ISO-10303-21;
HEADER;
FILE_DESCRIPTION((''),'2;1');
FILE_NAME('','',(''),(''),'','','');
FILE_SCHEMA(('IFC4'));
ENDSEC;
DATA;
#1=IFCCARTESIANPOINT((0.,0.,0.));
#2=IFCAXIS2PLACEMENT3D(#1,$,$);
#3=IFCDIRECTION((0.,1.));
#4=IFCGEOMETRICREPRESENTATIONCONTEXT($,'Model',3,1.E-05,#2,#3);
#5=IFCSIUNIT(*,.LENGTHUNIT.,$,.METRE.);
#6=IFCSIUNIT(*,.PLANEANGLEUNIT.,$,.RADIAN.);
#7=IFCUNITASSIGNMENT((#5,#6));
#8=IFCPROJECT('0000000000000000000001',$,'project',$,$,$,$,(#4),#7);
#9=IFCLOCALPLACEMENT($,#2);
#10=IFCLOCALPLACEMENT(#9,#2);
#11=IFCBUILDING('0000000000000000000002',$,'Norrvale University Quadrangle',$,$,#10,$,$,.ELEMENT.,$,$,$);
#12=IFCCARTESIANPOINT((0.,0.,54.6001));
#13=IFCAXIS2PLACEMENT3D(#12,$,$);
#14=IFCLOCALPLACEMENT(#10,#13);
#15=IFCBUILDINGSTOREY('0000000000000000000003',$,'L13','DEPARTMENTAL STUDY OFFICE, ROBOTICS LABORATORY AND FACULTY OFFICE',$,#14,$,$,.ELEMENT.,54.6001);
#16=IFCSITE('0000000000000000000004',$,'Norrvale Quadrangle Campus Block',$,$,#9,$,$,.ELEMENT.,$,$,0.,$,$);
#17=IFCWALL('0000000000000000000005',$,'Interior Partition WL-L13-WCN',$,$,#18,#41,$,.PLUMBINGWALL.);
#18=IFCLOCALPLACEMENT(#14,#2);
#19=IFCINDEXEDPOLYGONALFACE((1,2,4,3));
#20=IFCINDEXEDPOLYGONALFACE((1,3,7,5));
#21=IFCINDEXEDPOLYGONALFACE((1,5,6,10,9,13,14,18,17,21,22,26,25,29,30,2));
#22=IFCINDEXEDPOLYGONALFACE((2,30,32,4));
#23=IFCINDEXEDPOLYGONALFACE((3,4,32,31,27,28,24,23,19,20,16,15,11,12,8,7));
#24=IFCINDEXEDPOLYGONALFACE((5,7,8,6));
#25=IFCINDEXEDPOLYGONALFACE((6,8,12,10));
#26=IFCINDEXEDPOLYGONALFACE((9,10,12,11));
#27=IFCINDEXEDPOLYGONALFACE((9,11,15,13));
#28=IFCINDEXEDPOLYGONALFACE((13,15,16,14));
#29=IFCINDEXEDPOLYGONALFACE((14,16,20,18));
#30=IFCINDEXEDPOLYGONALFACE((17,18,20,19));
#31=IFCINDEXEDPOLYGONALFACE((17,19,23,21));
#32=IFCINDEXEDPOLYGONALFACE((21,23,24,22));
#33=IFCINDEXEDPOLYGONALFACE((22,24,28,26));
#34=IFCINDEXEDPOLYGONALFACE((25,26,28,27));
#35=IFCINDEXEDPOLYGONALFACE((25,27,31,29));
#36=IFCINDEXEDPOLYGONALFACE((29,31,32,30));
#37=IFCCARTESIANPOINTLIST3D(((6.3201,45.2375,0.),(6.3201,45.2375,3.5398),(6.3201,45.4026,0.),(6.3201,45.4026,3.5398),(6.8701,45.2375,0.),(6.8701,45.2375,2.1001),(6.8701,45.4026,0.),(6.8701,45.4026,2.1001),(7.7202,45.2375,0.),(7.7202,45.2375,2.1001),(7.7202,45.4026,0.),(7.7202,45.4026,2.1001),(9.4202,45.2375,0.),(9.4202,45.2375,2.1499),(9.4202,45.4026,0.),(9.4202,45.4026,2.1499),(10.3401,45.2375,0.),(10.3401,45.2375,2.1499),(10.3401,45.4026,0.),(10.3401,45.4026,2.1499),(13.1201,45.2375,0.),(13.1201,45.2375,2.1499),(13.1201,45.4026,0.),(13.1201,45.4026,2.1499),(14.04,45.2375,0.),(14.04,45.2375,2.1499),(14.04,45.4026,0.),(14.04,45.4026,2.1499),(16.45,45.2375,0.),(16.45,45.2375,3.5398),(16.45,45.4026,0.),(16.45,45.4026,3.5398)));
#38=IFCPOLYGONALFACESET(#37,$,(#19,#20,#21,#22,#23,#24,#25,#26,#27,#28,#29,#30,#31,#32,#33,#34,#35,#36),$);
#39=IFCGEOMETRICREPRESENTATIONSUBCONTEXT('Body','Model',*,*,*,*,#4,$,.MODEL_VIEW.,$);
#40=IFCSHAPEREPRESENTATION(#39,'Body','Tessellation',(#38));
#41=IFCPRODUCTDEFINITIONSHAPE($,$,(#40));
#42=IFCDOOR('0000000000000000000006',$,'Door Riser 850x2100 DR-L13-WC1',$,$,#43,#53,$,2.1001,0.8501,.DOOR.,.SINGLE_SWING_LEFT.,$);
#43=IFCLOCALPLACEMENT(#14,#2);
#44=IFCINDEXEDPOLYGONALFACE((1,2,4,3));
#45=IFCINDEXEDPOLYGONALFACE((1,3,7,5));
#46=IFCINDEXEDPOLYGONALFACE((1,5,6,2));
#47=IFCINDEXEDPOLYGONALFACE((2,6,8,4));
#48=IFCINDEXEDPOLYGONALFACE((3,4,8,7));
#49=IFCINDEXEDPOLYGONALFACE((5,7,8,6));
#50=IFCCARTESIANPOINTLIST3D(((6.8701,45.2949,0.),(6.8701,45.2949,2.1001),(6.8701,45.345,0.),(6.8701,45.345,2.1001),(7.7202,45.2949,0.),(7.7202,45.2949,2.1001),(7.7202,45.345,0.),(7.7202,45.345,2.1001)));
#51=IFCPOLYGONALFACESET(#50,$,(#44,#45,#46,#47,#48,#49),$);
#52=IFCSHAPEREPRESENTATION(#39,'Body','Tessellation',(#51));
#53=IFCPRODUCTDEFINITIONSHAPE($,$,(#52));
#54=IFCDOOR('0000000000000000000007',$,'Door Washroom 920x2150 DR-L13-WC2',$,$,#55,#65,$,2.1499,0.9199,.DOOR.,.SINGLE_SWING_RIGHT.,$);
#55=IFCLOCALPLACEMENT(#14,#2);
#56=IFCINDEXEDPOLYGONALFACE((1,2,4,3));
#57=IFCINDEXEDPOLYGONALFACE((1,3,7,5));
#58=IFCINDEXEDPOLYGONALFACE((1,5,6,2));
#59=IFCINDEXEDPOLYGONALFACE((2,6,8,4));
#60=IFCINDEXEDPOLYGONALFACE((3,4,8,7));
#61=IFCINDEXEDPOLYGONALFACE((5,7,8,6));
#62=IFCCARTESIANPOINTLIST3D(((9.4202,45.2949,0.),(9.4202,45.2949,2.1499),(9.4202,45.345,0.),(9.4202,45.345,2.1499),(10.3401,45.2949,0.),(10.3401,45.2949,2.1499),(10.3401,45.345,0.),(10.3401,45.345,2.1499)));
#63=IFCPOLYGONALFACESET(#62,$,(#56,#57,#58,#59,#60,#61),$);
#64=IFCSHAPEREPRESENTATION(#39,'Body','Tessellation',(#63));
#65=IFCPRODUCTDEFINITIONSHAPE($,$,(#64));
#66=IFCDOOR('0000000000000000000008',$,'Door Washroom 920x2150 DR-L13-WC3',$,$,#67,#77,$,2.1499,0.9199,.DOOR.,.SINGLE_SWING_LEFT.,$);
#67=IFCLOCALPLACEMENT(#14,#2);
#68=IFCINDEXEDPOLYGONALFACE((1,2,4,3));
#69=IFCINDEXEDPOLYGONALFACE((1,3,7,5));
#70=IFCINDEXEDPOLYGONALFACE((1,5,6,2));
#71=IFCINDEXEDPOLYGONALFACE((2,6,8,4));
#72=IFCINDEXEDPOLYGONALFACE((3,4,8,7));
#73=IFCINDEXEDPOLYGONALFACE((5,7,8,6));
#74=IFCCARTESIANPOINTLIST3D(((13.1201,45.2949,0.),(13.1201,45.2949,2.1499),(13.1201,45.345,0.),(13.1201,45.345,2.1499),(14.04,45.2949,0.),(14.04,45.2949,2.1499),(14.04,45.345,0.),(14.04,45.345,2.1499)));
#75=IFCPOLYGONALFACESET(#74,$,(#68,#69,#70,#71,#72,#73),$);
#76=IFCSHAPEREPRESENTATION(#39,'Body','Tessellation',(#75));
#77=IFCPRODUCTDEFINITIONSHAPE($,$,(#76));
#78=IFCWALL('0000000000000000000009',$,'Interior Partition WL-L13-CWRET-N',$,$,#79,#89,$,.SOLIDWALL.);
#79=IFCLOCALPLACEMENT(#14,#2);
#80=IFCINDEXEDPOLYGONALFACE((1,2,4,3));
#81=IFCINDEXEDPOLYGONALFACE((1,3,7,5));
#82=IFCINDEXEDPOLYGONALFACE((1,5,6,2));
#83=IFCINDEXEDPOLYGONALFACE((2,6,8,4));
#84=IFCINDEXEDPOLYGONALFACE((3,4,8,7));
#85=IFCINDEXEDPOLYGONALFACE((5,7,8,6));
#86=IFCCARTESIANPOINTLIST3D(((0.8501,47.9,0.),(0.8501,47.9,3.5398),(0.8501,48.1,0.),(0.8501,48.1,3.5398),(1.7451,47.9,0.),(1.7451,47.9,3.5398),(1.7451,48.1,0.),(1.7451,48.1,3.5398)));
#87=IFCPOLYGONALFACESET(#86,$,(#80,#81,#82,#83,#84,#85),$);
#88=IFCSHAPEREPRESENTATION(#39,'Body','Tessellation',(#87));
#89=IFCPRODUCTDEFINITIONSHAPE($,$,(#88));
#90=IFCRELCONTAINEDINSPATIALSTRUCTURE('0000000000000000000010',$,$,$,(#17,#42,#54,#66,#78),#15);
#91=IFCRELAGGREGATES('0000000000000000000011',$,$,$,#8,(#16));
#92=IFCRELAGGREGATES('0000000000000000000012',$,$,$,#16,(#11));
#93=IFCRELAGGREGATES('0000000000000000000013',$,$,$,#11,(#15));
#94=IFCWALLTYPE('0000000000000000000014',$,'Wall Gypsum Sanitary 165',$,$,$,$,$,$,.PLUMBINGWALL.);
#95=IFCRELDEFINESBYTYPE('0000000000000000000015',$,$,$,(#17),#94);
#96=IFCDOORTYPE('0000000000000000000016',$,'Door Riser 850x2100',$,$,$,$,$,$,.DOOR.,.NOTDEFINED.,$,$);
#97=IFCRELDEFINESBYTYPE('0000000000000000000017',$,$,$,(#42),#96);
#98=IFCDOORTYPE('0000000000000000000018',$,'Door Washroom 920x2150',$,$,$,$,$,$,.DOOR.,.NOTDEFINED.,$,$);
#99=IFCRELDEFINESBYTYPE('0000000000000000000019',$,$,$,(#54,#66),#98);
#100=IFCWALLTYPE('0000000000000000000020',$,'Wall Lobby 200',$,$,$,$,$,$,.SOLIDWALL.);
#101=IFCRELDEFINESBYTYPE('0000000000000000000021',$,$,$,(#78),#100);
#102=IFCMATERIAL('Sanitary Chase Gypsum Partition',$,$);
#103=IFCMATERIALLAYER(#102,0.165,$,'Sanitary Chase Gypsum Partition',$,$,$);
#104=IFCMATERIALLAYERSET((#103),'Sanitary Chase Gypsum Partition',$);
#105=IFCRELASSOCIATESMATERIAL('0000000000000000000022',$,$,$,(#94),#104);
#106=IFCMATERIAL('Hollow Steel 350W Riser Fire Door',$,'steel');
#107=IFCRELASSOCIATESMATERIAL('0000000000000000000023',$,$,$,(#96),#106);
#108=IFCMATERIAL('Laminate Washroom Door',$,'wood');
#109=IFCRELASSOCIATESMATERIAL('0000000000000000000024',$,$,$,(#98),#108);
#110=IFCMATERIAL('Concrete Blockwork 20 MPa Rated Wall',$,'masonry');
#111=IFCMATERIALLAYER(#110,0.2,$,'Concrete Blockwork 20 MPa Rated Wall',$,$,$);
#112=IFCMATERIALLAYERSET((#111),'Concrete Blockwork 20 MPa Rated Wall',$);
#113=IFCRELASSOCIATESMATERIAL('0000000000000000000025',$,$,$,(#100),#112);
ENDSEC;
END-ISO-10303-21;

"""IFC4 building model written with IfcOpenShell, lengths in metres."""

from ifc_helpers import new_model, si_unit, direction, frame, frame_2d, origin, place, context, subcontext, project, spatial, rectangle, extrude, material, layer, layer_set, type_object, element, fill, save


model = new_model("IFC4")

# Units and contexts
model_context = context("Model", 3, precision=1e-05, world=origin(), true_north=direction((0.0, 1.0)))
body_context = subcontext(model_context, "Body", "Model", "MODEL_VIEW")
ifc_project = project(units=[si_unit("LENGTHUNIT", "METRE"), si_unit("PLANEANGLEUNIT", "RADIAN")], contexts=[model_context])

# Site, building, storey
site_placement = place(None, origin())
site = spatial("IfcSite", under=ifc_project, at=site_placement, Name="Norrvale Quadrangle Campus Block", CompositionType="ELEMENT", RefElevation=0.0)
building_placement = place(site_placement, origin())
building = spatial("IfcBuilding", under=site, at=building_placement, Name="Norrvale University Quadrangle", CompositionType="ELEMENT")
storey_placement = place(building_placement, frame((0.0, 0.0, 54.6001)))
storey = spatial("IfcBuildingStorey", under=building, at=storey_placement, Name="L13", Description="DEPARTMENTAL STUDY OFFICE, ROBOTICS LABORATORY AND FACULTY OFFICE", CompositionType="ELEMENT", Elevation=54.6001)

# Wall, openings, doors
ifc_material_1 = material(Name="Sanitary Chase Gypsum Partition")
ifc_layer_1 = layer(ifc_material_1, 0.165, Name="Sanitary Chase Gypsum Partition")
ifc_layer_set_1 = layer_set([ifc_layer_1], Name="Sanitary Chase Gypsum Partition")
wall_type_1 = type_object("IfcWallType", Name="Wall Gypsum Sanitary 165", PredefinedType="PLUMBINGWALL", material=ifc_layer_set_1)
wall_1_placement = place(storey_placement, frame((6.3201, 45.3201, 0.0), z_axis=(0.0, 0.0, 1.0), x_axis=(1.0, 0.0, 0.0)))
wall_1 = element("IfcWall", 1, at=wall_1_placement, inside=storey, type_object=wall_type_1, Name="Interior Partition WL-L13-WCN", PredefinedType="PLUMBINGWALL", context=body_context, shape_type="SweptSolid", body=[
    extrude(rectangle(XDim=10.1299, YDim=0.165, at=frame_2d((5.0649, 0.0))), origin(), (0.0, 0.0, 1.0), 3.5398),
])
opening_1_placement = place(wall_1_placement, frame((0.55, 0.0, 0.0)))
opening_1 = element("IfcOpeningElement", 2, at=opening_1_placement, cuts=wall_1, PredefinedType="OPENING", context=body_context, shape_type="SweptSolid", body=[
    extrude(rectangle(XDim=0.8501, YDim=2.1001, at=frame_2d((0.425, 1.05))), frame((0.0, 0.0945, 0.0), z_axis=(0.0, -1.0, 0.0), x_axis=(1.0, 0.0, 0.0)), (0.0, 0.0, 1.0), 0.189),
])
opening_2_placement = place(wall_1_placement, frame((3.1001, 0.0, 0.0)))
opening_2 = element("IfcOpeningElement", 3, at=opening_2_placement, cuts=wall_1, PredefinedType="OPENING", context=body_context, shape_type="SweptSolid", body=[
    extrude(rectangle(XDim=0.9199, YDim=2.1499, at=frame_2d((0.46, 1.075))), frame((0.0, 0.0945, 0.0), z_axis=(0.0, -1.0, 0.0), x_axis=(1.0, 0.0, 0.0)), (0.0, 0.0, 1.0), 0.189),
])
opening_3_placement = place(wall_1_placement, frame((6.8, 0.0, 0.0)))
opening_3 = element("IfcOpeningElement", 4, at=opening_3_placement, cuts=wall_1, PredefinedType="OPENING", context=body_context, shape_type="SweptSolid", body=[
    extrude(rectangle(XDim=0.9199, YDim=2.1499, at=frame_2d((0.46, 1.075))), frame((0.0, 0.0945, 0.0), z_axis=(0.0, -1.0, 0.0), x_axis=(1.0, 0.0, 0.0)), (0.0, 0.0, 1.0), 0.189),
])
ifc_material_2 = material(Name="Hollow Steel 350W Riser Fire Door", Category="steel")
door_type_1 = type_object("IfcDoorType", Name="Door Riser 850x2100", OperationType="NOTDEFINED", PredefinedType="DOOR", material=ifc_material_2)
door_1_placement = place(opening_1_placement, origin())
door_1 = element("IfcDoor", 5, at=door_1_placement, inside=storey, type_object=door_type_1, Name="Door Riser 850x2100 DR-L13-WC1", OperationType="SINGLE_SWING_LEFT", OverallHeight=2.1001, OverallWidth=0.8501, PredefinedType="DOOR", context=body_context, shape_type="SweptSolid", body=[
    extrude(rectangle(XDim=0.8501, YDim=2.1001, at=frame_2d((0.425, 1.05))), frame((0.0, 0.0249, 0.0), z_axis=(0.0, -1.0, 0.0), x_axis=(1.0, 0.0, 0.0)), (0.0, 0.0, 1.0), 0.05),
])
fill(opening_1, door_1)
ifc_material_3 = material(Name="Laminate Washroom Door", Category="wood")
door_type_2 = type_object("IfcDoorType", Name="Door Washroom 920x2150", OperationType="NOTDEFINED", PredefinedType="DOOR", material=ifc_material_3)
door_2_placement = place(opening_2_placement, origin())
door_2 = element("IfcDoor", 6, at=door_2_placement, inside=storey, type_object=door_type_2, Name="Door Washroom 920x2150 DR-L13-WC2", OperationType="SINGLE_SWING_RIGHT", OverallHeight=2.1499, OverallWidth=0.9199, PredefinedType="DOOR", context=body_context, shape_type="SweptSolid", body=[
    extrude(rectangle(XDim=0.9199, YDim=2.1499, at=frame_2d((0.46, 1.075))), frame((0.0, 0.0249, 0.0), z_axis=(0.0, -1.0, 0.0), x_axis=(1.0, 0.0, 0.0)), (0.0, 0.0, 1.0), 0.05),
])
fill(opening_2, door_2)
door_3_placement = place(opening_3_placement, origin())
door_3 = element("IfcDoor", 7, at=door_3_placement, inside=storey, type_object=door_type_2, Name="Door Washroom 920x2150 DR-L13-WC3", OperationType="SINGLE_SWING_LEFT", OverallHeight=2.1499, OverallWidth=0.9199, PredefinedType="DOOR", context=body_context, shape_type="SweptSolid", body=[
    extrude(rectangle(XDim=0.9199, YDim=2.1499, at=frame_2d((0.46, 1.075))), frame((0.0, 0.0249, 0.0), z_axis=(0.0, -1.0, 0.0), x_axis=(1.0, 0.0, 0.0)), (0.0, 0.0, 1.0), 0.05),
])
fill(opening_3, door_3)

# Wall
ifc_material_4 = material(Name="Concrete Blockwork 20 MPa Rated Wall", Category="masonry")
ifc_layer_2 = layer(ifc_material_4, 0.2, Name="Concrete Blockwork 20 MPa Rated Wall")
ifc_layer_set_2 = layer_set([ifc_layer_2], Name="Concrete Blockwork 20 MPa Rated Wall")
wall_type_2 = type_object("IfcWallType", Name="Wall Lobby 200", PredefinedType="SOLIDWALL", material=ifc_layer_set_2)
wall_2_placement = place(storey_placement, frame((0.8501, 48.0, 0.0), z_axis=(0.0, 0.0, 1.0), x_axis=(1.0, 0.0, 0.0)))
element("IfcWall", 8, at=wall_2_placement, inside=storey, type_object=wall_type_2, Name="Interior Partition WL-L13-CWRET-N", PredefinedType="SOLIDWALL", context=body_context, shape_type="SweptSolid", body=[
    extrude(rectangle(XDim=0.895, YDim=0.2, at=frame_2d((0.4475, 0.0))), origin(), (0.0, 0.0, 1.0), 3.5398),
])

save(model, "model.ifc")
